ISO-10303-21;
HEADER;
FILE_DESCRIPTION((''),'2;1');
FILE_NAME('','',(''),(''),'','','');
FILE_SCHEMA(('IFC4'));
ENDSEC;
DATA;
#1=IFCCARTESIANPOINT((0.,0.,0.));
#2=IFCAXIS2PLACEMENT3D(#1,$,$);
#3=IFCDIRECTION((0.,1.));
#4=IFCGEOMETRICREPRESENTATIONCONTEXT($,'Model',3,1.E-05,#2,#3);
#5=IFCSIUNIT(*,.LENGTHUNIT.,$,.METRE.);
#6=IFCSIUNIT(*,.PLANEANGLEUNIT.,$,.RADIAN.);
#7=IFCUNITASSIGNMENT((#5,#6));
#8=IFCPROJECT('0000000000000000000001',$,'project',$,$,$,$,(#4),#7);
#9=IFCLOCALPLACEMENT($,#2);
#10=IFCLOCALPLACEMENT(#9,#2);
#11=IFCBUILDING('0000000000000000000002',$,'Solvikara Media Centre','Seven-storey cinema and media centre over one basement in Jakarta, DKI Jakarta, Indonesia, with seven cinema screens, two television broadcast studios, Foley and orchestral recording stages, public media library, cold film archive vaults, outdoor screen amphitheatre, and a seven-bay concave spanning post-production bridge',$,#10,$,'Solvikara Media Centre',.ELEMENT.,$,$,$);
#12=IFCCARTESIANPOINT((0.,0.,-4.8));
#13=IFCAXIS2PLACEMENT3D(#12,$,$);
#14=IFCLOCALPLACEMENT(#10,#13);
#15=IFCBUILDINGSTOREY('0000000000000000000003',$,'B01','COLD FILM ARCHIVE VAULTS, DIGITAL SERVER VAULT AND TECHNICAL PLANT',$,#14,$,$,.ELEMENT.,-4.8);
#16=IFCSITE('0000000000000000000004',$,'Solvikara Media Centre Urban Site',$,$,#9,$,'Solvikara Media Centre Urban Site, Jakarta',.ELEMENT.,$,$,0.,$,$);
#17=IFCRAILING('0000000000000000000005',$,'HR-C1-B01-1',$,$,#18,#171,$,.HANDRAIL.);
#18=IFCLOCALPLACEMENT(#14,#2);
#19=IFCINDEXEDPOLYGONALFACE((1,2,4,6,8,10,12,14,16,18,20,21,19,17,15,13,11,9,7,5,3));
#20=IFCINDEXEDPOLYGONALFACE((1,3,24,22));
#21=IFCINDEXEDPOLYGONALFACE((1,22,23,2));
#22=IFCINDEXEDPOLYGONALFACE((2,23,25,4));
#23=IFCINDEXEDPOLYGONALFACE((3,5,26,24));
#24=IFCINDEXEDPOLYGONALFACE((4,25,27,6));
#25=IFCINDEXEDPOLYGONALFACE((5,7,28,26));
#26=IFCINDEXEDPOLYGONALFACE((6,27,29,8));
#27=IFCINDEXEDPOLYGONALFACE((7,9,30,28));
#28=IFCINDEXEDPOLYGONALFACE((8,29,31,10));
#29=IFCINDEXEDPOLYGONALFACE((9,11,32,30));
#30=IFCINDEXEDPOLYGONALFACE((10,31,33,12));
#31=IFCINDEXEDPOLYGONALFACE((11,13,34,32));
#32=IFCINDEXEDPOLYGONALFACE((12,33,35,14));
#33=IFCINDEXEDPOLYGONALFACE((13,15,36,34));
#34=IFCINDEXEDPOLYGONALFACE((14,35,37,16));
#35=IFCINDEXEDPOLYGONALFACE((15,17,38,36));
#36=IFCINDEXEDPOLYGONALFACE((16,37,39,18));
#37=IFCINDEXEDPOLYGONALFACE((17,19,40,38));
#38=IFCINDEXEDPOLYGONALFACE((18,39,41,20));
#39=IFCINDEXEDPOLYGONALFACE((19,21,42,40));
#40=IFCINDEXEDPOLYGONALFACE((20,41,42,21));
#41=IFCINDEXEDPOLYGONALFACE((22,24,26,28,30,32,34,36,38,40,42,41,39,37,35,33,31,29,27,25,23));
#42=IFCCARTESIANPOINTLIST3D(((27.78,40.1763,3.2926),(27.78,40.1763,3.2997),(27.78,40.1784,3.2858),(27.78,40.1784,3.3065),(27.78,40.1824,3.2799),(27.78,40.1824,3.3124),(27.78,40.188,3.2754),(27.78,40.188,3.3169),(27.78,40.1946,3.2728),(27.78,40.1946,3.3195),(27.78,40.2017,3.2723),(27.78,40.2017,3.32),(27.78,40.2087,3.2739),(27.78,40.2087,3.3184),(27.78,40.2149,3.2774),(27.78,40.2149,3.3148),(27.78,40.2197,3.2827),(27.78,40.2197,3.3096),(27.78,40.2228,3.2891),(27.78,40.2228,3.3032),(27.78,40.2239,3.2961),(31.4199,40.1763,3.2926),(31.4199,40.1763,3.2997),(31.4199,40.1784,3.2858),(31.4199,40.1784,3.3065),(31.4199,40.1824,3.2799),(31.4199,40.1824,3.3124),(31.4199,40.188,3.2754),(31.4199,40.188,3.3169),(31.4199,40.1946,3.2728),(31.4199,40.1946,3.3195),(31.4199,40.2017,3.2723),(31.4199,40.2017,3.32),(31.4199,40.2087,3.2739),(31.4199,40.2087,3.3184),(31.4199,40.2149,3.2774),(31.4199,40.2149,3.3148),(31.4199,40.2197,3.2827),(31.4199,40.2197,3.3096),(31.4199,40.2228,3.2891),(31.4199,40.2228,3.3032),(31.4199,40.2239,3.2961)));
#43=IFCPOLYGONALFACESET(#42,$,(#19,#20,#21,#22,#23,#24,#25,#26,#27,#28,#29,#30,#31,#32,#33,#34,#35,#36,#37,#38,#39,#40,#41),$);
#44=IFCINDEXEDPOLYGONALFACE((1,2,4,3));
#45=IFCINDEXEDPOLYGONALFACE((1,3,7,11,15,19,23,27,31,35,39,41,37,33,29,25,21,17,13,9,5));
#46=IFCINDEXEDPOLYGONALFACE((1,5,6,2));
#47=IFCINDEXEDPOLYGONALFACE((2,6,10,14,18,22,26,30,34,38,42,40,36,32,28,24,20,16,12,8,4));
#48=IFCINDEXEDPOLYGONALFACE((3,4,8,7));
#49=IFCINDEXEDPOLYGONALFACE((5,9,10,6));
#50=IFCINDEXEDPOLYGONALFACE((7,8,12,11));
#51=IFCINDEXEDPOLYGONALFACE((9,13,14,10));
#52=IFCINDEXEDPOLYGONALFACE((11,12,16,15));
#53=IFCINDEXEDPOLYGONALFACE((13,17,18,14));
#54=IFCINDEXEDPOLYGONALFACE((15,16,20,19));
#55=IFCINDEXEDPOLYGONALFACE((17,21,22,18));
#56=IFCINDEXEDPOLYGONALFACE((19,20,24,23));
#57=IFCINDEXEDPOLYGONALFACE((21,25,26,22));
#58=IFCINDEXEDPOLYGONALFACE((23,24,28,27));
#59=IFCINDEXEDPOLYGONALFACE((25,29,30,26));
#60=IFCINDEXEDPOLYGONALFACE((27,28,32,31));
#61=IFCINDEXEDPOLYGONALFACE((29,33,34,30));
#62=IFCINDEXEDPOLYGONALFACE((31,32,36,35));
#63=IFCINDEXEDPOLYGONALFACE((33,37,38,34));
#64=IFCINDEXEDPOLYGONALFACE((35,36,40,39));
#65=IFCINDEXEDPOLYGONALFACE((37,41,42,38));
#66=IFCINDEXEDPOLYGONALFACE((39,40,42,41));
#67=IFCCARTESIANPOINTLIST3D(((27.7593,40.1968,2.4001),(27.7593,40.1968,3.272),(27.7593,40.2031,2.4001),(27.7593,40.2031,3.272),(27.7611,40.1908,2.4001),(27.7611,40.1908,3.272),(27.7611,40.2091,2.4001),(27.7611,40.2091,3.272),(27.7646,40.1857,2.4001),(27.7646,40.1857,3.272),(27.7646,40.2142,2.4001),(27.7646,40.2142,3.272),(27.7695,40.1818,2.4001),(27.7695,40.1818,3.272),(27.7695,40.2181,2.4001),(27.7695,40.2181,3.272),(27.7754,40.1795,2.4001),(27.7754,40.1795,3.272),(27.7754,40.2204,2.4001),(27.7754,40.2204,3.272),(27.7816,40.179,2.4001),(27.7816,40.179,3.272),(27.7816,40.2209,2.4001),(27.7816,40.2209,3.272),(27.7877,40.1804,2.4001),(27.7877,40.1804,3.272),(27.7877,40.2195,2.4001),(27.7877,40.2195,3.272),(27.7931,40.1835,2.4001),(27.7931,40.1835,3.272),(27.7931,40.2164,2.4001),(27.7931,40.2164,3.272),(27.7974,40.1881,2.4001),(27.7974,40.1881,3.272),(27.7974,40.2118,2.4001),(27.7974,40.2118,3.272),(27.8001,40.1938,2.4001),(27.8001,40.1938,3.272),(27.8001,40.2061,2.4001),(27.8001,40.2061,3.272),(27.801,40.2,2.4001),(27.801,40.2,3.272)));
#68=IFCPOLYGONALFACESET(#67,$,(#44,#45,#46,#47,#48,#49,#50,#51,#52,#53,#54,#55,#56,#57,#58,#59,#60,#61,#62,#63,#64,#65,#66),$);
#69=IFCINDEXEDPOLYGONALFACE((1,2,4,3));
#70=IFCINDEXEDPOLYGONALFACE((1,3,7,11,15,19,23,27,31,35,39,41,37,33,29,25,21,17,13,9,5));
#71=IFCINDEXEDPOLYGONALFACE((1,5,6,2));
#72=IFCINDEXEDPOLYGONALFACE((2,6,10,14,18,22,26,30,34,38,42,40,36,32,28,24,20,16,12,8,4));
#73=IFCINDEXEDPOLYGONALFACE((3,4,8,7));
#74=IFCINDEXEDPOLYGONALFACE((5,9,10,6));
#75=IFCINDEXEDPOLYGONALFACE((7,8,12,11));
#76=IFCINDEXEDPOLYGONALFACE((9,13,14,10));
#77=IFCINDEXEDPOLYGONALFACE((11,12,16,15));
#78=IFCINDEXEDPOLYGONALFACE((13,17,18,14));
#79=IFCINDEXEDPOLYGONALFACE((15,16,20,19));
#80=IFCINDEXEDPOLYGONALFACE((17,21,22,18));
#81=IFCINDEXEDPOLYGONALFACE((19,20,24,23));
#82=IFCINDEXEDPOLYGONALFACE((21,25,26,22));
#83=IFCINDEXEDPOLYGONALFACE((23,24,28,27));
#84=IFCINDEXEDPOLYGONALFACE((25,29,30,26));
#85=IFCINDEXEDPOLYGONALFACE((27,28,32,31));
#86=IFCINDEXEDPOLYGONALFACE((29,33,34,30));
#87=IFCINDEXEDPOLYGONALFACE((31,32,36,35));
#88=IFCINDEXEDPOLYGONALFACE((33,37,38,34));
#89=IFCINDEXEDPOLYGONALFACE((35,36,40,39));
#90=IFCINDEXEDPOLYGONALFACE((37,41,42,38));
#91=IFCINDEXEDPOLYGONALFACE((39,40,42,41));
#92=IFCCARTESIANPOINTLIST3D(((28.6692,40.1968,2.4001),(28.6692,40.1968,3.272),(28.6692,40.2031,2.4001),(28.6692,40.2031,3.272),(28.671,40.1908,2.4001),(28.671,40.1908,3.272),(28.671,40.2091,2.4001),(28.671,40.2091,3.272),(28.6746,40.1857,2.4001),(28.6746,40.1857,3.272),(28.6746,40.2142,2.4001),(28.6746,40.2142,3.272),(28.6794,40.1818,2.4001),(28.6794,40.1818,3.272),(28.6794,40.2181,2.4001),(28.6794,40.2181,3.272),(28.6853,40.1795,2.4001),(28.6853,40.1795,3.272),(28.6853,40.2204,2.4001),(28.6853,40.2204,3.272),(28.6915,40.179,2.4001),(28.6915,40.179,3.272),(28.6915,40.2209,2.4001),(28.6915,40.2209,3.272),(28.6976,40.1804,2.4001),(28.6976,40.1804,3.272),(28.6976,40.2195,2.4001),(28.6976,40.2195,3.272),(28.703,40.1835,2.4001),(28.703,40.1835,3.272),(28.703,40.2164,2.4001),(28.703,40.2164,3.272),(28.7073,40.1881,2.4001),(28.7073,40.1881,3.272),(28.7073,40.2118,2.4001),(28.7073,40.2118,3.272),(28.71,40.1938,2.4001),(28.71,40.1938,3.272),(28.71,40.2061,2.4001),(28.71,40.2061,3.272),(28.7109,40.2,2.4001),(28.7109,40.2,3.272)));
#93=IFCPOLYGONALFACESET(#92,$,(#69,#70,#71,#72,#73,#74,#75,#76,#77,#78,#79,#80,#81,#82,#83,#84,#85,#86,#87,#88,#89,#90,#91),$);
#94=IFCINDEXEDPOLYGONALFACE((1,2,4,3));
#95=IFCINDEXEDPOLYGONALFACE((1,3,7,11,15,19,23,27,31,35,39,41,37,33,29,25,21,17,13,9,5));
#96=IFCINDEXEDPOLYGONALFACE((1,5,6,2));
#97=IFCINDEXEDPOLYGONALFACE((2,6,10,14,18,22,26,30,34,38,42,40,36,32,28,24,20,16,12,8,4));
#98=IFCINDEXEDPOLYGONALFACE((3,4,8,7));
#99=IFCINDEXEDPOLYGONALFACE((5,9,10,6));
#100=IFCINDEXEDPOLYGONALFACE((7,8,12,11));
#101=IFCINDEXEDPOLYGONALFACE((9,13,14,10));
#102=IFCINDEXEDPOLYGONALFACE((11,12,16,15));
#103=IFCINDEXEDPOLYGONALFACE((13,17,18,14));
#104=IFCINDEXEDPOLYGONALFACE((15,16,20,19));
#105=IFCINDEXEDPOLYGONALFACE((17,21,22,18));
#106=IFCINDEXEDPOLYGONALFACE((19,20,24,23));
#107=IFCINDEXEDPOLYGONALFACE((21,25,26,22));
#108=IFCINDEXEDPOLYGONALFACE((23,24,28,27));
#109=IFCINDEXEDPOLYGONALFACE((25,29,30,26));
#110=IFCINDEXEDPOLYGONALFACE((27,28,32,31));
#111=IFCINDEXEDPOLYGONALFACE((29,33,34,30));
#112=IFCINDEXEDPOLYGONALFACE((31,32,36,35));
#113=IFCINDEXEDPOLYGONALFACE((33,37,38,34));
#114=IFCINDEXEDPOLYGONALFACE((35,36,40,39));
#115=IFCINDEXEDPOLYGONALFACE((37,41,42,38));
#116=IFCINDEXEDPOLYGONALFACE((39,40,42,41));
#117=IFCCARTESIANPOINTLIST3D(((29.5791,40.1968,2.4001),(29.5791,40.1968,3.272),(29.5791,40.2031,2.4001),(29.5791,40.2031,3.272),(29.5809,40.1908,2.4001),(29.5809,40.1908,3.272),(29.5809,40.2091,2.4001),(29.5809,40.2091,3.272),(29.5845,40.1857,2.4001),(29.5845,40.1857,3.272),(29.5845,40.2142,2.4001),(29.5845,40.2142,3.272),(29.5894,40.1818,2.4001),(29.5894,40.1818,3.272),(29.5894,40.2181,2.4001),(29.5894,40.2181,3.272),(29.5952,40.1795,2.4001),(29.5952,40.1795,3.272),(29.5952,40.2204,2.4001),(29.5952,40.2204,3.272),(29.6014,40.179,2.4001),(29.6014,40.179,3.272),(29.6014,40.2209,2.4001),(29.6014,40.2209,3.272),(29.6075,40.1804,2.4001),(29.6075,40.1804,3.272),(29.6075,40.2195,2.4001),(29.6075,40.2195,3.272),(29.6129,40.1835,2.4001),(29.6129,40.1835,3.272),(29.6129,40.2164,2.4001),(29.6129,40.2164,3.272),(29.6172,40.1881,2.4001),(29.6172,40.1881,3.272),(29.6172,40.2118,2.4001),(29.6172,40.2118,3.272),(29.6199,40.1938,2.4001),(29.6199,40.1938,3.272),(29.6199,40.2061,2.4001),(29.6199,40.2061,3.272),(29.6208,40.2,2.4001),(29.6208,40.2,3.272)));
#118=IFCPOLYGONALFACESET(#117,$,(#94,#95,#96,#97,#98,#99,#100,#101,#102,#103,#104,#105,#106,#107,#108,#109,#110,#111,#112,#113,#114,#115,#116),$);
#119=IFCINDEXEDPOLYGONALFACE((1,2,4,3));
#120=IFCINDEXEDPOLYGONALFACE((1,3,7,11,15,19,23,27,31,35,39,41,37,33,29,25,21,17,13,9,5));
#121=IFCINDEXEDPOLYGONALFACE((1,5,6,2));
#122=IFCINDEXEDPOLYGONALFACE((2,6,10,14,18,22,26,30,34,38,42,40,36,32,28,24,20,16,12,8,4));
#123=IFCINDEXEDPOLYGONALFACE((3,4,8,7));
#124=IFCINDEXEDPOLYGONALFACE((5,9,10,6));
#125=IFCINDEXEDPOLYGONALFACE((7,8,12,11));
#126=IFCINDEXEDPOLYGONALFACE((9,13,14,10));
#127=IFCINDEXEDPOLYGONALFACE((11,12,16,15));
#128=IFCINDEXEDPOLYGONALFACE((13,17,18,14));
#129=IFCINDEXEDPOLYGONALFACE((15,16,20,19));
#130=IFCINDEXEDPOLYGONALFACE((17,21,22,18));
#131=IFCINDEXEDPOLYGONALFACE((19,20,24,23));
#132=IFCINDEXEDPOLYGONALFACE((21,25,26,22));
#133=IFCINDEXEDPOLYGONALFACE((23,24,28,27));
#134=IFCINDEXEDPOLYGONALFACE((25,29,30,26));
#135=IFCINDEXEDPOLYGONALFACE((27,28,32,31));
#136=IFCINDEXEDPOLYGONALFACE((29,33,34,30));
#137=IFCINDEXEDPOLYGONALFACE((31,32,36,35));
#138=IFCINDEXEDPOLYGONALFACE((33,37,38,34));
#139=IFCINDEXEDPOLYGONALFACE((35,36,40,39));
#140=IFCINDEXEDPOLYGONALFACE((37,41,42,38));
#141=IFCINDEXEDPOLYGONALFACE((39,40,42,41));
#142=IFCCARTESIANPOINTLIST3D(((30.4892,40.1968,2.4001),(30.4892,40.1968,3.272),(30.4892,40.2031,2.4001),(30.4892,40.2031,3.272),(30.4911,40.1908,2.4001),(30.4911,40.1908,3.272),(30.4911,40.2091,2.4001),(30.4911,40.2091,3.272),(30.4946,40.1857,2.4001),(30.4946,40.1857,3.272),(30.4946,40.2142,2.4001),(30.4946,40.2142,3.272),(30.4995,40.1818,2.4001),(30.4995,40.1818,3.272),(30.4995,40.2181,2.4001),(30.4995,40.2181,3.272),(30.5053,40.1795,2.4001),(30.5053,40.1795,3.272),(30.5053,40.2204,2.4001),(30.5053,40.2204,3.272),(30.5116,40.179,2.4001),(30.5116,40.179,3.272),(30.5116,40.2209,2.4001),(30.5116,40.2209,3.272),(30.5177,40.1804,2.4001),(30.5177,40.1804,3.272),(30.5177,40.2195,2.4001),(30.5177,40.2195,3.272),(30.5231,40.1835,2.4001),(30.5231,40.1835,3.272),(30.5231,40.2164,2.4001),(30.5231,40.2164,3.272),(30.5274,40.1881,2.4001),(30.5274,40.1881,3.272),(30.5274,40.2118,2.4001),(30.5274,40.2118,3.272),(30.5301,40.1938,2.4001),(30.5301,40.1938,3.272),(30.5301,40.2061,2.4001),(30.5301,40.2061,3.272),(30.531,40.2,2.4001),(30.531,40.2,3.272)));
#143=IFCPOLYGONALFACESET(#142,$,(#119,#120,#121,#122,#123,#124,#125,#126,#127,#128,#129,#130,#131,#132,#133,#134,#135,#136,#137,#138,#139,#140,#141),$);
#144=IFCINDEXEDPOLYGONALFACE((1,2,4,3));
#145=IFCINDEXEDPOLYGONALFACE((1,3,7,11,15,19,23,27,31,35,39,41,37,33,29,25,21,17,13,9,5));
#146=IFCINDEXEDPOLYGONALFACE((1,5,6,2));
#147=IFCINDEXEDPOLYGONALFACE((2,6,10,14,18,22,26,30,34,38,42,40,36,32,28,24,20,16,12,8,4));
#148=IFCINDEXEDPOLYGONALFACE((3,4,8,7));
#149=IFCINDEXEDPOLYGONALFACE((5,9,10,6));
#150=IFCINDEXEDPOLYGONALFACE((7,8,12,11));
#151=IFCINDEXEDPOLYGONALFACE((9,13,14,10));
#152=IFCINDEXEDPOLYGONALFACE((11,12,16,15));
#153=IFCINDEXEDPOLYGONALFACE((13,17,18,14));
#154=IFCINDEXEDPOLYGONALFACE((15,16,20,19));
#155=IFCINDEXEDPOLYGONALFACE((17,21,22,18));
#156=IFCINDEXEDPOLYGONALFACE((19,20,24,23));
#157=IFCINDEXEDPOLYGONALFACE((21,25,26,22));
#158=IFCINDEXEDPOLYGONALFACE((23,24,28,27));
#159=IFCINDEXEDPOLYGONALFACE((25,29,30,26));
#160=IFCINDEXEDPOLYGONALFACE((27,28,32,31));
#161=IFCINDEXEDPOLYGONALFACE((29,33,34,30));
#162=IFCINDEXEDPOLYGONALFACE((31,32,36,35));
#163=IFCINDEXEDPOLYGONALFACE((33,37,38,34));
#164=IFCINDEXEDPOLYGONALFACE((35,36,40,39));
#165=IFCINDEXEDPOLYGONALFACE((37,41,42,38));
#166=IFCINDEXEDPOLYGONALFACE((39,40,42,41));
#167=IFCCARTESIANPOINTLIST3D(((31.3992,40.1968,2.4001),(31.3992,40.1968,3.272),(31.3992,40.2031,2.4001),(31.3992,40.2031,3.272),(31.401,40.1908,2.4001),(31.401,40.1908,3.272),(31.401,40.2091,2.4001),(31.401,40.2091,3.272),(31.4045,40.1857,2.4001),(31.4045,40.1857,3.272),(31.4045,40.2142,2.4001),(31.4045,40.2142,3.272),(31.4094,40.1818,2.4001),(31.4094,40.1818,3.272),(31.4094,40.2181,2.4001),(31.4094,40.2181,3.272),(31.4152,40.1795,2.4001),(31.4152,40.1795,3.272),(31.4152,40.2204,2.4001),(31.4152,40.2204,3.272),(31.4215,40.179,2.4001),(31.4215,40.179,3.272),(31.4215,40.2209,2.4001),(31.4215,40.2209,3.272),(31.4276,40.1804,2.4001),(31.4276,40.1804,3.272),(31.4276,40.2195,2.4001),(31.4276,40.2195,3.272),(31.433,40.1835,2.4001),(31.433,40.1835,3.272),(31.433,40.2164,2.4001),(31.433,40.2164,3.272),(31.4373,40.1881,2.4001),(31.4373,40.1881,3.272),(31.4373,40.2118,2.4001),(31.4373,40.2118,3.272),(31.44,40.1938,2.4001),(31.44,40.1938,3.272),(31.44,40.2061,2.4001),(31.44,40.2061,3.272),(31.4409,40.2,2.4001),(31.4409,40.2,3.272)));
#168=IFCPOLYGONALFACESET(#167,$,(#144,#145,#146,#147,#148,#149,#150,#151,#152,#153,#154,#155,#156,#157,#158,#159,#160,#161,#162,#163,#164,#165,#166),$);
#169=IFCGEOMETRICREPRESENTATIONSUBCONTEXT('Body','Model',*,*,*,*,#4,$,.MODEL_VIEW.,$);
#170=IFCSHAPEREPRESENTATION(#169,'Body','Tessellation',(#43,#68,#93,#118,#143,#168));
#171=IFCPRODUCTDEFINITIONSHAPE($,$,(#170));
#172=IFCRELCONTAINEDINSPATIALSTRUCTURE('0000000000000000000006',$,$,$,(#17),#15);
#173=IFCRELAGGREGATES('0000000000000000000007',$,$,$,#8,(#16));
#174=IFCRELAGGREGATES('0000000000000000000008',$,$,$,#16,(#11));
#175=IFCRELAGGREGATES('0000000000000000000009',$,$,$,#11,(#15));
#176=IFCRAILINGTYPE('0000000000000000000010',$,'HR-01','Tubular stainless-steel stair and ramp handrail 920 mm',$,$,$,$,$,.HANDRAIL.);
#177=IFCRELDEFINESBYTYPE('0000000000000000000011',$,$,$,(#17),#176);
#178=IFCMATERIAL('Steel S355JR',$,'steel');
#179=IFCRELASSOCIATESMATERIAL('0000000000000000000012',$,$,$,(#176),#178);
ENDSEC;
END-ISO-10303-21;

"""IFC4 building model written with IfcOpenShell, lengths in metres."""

from ifc_helpers import new_model, si_unit, direction, frame, origin, origin_2d, place, context, subcontext, project, spatial, circle, extrude, material, type_object, element, save


model = new_model("IFC4")

# Units and contexts
model_context = context("Model", 3, precision=1e-05, world=origin(), true_north=direction((0.0, 1.0)))
body_context = subcontext(model_context, "Body", "Model", "MODEL_VIEW")
ifc_project = project(units=[si_unit("LENGTHUNIT", "METRE"), si_unit("PLANEANGLEUNIT", "RADIAN")], contexts=[model_context])

# Site, building, storey
site_placement = place(None, origin())
site = spatial("IfcSite", under=ifc_project, at=site_placement, Name="Solvikara Media Centre Urban Site", LongName="Solvikara Media Centre Urban Site, Jakarta", CompositionType="ELEMENT", RefElevation=0.0)
building_placement = place(site_placement, origin())
building = spatial("IfcBuilding", under=site, at=building_placement, Name="Solvikara Media Centre", Description="Seven-storey cinema and media centre over one basement in Jakarta, DKI Jakarta, Indonesia, with seven cinema screens, two television broadcast studios, Foley and orchestral recording stages, public media library, cold film archive vaults, outdoor screen amphitheatre, and a seven-bay concave spanning post-production bridge", LongName="Solvikara Media Centre", CompositionType="ELEMENT")
storey_placement = place(building_placement, frame((0.0, 0.0, -4.8)))
storey = spatial("IfcBuildingStorey", under=building, at=storey_placement, Name="B01", Description="COLD FILM ARCHIVE VAULTS, DIGITAL SERVER VAULT AND TECHNICAL PLANT", CompositionType="ELEMENT", Elevation=-4.8)

# Railing
ifc_material_1 = material(Name="Steel S355JR", Category="steel")
railing_type_1 = type_object("IfcRailingType", Name="HR-01", Description="Tubular stainless-steel stair and ramp handrail 920 mm", PredefinedType="HANDRAIL", material=ifc_material_1)
railing_1_placement = place(storey_placement, frame((27.78, 40.2, 2.4001)))
element("IfcRailing", 1, at=railing_1_placement, inside=storey, type_object=railing_type_1, Name="HR-C1-B01-1", PredefinedType="HANDRAIL", context=body_context, shape_type="SweptSolid", body=[
    extrude(circle(Radius=0.0239, at=origin_2d()), frame((0.0, 0.0, 0.896), z_axis=(1.0, 0.0, 0.0), x_axis=(0.0, 1.0, 0.0)), (0.0, 0.0, 1.0), 3.6399),
    extrude(circle(Radius=0.021, at=origin_2d()), origin(), (0.0, 0.0, 1.0), 0.8718),
    extrude(circle(Radius=0.021, at=origin_2d()), frame((0.9099, 0.0, 0.0)), (0.0, 0.0, 1.0), 0.8718),
    extrude(circle(Radius=0.021, at=origin_2d()), frame((1.8198, 0.0, 0.0)), (0.0, 0.0, 1.0), 0.8718),
    extrude(circle(Radius=0.021, at=origin_2d()), frame((2.73, 0.0, 0.0)), (0.0, 0.0, 1.0), 0.8718),
    extrude(circle(Radius=0.021, at=origin_2d()), frame((3.6399, 0.0, 0.0)), (0.0, 0.0, 1.0), 0.8718),
])

save(model, "model.ifc")
